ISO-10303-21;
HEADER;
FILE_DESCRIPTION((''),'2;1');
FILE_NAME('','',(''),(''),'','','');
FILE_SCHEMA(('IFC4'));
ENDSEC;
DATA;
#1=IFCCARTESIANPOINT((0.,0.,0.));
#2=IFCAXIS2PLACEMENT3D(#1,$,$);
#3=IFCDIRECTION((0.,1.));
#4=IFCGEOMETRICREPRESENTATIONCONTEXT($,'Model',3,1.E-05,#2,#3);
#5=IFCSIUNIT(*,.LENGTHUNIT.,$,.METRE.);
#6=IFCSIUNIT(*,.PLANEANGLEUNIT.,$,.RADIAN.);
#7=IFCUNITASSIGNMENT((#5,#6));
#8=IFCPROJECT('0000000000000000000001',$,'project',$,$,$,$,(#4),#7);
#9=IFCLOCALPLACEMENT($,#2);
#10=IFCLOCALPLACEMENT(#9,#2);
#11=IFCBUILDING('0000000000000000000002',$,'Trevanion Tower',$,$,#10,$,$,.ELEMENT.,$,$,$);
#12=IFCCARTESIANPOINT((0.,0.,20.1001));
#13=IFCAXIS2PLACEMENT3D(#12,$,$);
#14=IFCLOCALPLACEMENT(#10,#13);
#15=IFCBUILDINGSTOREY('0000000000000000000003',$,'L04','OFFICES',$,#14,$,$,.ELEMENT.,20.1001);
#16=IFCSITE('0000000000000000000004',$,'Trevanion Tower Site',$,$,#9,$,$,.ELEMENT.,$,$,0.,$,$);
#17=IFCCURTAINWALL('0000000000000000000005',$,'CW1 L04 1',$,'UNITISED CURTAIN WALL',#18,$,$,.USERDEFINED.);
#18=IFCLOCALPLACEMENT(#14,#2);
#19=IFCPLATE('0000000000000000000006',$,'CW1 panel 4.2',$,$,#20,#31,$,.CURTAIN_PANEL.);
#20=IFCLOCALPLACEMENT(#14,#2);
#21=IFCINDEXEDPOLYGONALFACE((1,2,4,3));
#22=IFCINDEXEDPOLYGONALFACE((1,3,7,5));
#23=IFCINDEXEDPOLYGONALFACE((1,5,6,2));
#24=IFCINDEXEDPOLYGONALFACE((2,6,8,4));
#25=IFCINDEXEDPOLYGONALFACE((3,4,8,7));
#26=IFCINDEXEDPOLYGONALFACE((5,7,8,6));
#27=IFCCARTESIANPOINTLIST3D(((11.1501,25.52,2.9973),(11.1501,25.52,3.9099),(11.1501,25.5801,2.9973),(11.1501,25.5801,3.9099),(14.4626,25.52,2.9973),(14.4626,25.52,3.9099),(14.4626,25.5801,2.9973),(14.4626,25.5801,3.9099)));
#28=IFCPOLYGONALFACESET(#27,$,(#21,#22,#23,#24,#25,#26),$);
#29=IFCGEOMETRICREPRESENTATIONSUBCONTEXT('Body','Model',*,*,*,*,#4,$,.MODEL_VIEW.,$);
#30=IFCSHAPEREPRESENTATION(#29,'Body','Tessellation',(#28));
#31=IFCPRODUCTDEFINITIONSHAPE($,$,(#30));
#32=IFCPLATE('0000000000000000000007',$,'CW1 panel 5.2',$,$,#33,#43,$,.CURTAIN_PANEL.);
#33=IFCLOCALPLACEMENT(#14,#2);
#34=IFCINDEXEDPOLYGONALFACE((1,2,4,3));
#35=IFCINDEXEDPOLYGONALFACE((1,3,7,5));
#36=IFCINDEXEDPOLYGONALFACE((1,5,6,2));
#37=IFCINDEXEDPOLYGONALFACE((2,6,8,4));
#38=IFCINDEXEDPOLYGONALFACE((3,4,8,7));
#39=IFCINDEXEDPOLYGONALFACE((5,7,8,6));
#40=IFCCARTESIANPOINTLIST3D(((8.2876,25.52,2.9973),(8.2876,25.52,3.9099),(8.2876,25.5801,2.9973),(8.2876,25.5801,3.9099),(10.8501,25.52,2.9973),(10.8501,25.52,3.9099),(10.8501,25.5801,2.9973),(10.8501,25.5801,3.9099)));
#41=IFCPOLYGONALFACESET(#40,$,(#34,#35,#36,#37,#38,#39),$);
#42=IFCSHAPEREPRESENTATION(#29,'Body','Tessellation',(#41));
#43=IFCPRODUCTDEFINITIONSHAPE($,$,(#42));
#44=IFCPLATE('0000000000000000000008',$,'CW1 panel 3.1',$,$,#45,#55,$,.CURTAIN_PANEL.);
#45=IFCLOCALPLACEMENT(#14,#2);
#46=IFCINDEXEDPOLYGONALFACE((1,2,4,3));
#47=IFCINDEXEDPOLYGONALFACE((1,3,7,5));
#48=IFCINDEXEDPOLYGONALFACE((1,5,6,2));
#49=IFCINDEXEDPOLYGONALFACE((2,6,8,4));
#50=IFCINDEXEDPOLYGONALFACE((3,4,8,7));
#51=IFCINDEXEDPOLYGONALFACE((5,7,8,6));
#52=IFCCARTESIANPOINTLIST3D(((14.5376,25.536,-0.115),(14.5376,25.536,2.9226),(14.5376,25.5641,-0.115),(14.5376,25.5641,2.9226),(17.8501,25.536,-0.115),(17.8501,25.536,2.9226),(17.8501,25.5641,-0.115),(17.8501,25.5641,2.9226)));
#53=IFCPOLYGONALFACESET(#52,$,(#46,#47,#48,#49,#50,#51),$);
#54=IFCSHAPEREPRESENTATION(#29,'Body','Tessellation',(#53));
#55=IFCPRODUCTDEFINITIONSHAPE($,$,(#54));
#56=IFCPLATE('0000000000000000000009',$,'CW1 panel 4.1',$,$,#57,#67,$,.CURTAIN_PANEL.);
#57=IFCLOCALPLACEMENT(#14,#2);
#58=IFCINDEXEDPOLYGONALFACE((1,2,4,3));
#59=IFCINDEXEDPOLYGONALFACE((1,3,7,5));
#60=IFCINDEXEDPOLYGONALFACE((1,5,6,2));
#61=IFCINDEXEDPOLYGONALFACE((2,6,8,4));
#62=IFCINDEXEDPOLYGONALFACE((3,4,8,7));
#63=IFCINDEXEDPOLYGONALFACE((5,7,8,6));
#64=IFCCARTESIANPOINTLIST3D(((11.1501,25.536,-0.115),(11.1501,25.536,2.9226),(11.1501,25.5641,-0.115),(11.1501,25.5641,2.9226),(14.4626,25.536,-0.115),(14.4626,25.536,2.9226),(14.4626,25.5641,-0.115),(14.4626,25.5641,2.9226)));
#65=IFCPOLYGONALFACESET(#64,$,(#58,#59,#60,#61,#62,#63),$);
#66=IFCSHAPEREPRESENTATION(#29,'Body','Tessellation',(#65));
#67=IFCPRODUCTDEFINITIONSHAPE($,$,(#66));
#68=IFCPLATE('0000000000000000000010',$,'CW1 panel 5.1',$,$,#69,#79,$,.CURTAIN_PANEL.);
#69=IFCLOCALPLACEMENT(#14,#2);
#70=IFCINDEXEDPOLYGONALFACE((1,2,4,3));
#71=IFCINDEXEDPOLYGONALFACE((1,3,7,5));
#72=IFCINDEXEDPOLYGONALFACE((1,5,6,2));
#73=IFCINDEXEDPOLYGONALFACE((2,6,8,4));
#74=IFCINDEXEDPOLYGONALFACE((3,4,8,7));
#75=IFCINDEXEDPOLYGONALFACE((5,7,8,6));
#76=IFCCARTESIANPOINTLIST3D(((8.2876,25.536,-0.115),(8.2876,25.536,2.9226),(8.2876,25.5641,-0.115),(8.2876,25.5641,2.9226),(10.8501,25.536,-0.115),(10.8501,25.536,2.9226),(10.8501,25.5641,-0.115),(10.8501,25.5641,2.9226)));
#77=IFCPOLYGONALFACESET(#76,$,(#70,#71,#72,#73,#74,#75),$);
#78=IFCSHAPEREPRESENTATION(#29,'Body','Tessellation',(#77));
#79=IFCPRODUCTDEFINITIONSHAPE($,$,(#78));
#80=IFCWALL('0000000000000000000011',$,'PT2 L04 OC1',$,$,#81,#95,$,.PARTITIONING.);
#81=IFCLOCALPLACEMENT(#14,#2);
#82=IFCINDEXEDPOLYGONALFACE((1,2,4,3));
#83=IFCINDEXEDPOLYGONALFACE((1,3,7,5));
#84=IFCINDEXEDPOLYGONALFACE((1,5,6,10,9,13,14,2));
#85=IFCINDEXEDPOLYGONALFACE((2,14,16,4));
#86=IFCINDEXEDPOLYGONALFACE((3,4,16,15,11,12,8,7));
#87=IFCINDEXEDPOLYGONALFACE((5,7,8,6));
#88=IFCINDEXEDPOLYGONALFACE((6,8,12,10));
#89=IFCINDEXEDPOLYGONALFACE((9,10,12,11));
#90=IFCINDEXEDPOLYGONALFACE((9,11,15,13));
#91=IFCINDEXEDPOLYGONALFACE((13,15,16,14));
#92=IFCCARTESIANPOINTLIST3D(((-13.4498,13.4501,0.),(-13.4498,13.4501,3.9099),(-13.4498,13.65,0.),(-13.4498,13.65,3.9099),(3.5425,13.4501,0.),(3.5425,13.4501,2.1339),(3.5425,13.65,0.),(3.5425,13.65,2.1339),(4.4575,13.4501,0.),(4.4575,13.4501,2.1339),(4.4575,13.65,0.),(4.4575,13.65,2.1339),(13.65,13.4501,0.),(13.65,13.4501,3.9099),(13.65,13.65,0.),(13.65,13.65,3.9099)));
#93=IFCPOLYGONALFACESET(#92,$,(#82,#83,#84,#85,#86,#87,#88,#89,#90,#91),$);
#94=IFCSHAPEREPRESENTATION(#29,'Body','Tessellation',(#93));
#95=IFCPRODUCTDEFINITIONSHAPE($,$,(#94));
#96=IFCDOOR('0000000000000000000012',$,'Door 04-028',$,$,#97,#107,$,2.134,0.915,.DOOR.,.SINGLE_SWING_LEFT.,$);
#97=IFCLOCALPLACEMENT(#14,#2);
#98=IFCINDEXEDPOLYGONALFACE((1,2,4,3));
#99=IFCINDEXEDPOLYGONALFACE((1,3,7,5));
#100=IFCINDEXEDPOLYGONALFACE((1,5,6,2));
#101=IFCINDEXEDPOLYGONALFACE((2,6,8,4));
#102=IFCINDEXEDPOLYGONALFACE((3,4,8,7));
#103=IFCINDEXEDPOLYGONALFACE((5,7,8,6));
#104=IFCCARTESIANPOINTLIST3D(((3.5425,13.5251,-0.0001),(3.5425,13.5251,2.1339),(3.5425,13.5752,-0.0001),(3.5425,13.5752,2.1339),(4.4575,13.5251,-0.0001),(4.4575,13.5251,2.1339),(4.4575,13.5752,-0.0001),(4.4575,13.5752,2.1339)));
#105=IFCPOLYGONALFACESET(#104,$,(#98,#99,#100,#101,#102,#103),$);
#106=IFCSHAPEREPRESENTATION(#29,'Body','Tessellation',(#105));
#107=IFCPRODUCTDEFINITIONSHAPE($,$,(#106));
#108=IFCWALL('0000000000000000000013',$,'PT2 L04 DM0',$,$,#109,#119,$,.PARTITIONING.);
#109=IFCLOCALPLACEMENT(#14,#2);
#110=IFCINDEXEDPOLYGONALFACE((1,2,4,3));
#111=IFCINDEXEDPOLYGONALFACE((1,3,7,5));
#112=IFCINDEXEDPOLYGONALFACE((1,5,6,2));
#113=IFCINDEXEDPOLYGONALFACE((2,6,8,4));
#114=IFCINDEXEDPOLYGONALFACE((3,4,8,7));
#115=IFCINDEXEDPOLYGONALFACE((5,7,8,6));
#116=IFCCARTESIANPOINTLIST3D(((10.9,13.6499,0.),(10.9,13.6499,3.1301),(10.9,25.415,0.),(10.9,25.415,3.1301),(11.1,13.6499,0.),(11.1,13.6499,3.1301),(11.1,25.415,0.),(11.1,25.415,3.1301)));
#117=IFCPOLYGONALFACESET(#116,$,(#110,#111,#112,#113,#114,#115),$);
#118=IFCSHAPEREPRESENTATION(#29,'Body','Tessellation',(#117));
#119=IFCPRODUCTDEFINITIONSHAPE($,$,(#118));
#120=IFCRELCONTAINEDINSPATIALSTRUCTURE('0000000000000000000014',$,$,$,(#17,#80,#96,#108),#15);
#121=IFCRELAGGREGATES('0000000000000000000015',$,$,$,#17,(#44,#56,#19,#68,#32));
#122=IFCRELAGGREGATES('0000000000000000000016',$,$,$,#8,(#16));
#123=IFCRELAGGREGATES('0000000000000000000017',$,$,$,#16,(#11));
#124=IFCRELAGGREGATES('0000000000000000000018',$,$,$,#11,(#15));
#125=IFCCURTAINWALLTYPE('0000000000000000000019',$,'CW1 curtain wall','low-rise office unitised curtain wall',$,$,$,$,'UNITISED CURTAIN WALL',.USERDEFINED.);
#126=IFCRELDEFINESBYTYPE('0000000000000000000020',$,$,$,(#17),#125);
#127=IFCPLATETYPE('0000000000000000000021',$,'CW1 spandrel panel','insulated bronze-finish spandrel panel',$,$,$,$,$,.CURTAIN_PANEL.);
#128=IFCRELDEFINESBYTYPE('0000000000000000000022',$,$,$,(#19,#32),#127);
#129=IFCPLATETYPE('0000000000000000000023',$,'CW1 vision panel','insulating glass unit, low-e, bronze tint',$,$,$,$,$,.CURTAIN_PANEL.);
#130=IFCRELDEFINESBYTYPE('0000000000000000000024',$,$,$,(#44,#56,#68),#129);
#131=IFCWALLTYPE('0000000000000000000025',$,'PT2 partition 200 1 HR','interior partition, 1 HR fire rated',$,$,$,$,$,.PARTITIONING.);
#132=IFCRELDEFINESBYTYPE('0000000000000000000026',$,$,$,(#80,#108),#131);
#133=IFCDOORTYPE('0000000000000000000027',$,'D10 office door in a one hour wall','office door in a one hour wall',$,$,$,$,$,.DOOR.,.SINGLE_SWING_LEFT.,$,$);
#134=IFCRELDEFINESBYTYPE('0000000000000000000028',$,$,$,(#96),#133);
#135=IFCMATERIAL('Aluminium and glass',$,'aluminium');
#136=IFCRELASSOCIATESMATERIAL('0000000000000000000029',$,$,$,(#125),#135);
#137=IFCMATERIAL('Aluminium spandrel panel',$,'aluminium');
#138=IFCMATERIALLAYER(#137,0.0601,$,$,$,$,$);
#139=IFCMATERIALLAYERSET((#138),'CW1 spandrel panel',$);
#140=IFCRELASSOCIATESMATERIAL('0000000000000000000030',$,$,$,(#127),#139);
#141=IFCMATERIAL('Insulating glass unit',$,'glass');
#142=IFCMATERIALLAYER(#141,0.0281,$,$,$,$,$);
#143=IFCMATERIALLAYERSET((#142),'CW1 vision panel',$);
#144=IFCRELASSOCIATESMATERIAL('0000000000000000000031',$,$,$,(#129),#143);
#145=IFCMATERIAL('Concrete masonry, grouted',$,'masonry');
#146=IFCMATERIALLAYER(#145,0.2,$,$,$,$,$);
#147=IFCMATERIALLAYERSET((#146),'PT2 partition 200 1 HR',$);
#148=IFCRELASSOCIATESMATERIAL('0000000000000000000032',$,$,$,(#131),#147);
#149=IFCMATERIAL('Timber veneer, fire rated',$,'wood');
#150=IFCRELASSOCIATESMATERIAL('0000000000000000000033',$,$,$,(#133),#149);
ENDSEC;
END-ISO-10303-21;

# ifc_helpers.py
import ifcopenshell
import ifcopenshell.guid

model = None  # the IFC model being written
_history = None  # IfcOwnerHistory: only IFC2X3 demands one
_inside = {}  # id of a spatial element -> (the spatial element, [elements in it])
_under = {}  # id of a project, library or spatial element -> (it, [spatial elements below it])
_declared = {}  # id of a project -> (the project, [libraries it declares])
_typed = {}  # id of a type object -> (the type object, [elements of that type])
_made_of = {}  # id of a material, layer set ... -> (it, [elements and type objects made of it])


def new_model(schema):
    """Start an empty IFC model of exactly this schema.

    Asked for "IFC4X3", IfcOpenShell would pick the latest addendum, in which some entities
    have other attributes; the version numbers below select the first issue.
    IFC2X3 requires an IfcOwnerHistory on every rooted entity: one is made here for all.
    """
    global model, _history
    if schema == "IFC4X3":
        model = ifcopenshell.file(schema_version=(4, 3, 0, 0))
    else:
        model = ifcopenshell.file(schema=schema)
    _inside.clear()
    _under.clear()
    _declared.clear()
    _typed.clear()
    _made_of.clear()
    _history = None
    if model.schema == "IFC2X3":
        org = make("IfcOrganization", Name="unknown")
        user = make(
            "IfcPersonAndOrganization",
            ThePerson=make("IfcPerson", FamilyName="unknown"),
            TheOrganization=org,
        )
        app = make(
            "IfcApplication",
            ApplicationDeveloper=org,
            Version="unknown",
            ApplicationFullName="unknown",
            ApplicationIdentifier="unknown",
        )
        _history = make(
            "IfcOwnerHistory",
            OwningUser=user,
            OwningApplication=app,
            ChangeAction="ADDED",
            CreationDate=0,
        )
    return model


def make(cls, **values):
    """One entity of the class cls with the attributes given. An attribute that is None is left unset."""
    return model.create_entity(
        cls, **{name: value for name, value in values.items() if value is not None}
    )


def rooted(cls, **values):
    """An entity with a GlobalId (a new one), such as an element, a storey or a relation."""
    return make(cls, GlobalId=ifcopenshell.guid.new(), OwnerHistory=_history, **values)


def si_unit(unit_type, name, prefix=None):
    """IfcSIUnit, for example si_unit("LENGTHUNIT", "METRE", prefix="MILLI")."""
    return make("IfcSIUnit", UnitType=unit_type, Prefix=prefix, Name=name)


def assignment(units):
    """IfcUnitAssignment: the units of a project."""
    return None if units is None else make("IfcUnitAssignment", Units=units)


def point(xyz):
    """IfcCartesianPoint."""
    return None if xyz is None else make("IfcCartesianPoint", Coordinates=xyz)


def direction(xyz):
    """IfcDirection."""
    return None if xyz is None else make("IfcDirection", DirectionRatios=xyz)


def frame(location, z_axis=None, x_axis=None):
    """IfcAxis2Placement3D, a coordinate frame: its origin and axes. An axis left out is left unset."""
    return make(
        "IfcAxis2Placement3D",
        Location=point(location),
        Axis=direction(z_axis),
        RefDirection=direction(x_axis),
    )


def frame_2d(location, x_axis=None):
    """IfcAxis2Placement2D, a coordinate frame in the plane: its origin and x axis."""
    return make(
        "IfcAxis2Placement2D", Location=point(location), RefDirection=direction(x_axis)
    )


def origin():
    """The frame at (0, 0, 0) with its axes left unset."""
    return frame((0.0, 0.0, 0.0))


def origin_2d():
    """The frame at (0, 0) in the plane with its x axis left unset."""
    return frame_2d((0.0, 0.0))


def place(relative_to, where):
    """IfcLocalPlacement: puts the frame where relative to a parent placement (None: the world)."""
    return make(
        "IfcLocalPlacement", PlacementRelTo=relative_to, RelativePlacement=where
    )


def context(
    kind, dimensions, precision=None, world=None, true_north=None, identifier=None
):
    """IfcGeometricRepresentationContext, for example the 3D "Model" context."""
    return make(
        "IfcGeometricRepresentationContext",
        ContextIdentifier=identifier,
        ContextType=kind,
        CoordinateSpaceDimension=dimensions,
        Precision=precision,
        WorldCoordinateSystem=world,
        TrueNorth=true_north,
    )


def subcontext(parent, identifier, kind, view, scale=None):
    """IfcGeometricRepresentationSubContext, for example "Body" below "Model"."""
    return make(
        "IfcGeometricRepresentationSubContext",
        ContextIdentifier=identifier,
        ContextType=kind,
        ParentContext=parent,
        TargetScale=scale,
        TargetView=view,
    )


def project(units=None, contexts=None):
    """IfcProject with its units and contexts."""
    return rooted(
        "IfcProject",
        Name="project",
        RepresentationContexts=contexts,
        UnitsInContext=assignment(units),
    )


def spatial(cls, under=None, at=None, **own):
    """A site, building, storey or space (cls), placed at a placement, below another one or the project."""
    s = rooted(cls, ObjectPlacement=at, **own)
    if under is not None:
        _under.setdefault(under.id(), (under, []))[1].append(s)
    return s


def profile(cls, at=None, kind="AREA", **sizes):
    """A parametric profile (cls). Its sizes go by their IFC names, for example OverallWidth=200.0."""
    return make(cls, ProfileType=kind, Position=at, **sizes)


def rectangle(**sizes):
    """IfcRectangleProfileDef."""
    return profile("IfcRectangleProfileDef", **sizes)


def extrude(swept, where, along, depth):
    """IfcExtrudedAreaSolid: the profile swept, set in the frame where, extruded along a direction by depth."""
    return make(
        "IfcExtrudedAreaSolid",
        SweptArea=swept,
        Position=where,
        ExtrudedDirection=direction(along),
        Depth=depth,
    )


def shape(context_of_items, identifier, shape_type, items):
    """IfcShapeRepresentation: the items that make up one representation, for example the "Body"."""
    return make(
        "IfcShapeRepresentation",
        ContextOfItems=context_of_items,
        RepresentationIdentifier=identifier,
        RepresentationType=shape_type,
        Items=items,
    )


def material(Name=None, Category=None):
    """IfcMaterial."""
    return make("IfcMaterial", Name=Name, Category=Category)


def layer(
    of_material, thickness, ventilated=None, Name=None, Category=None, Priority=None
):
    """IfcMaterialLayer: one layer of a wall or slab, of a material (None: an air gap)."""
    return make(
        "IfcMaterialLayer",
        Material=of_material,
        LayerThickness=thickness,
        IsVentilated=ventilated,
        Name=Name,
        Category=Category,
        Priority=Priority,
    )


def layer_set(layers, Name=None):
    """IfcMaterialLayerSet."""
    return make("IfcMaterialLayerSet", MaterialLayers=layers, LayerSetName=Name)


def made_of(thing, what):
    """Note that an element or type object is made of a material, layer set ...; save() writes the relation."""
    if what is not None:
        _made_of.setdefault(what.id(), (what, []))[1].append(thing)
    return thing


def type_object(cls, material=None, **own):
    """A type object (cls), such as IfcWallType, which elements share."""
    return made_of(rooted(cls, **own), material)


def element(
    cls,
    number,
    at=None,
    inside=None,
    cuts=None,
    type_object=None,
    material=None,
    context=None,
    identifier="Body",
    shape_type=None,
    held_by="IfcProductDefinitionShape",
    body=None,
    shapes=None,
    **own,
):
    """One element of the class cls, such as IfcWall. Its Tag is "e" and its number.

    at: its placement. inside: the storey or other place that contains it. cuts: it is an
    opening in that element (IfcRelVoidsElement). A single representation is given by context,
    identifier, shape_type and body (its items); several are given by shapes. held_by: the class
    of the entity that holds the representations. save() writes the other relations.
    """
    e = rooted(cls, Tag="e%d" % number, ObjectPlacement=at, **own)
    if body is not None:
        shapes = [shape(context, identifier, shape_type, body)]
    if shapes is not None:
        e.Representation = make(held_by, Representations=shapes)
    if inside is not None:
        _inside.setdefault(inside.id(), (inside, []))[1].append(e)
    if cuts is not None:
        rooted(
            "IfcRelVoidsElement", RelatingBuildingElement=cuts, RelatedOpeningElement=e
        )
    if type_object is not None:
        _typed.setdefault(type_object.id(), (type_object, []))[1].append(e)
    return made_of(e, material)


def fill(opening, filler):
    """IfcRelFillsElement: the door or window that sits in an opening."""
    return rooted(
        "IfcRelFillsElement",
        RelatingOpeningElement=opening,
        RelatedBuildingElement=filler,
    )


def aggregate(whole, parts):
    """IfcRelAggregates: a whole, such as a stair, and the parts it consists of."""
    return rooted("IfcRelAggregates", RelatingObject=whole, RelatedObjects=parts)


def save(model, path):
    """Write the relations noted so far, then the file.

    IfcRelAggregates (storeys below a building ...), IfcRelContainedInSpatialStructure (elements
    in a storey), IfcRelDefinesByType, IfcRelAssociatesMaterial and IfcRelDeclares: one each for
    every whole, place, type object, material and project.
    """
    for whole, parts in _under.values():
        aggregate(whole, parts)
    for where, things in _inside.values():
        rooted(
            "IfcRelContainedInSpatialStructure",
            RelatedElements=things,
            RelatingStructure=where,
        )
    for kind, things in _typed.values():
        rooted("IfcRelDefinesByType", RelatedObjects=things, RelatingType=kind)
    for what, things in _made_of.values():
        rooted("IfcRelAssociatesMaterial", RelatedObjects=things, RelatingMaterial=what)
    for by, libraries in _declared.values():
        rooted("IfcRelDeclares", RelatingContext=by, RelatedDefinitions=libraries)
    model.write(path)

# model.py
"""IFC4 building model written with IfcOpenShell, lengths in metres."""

from ifc_helpers import new_model, si_unit, direction, frame, frame_2d, origin, origin_2d, place, context, subcontext, project, spatial, rectangle, extrude, material, layer, layer_set, type_object, element, fill, aggregate, save


model = new_model("IFC4")

# Units and contexts
model_context = context("Model", 3, precision=1e-05, world=origin(), true_north=direction((0.0, 1.0)))
body_context = subcontext(model_context, "Body", "Model", "MODEL_VIEW")
ifc_project = project(units=[si_unit("LENGTHUNIT", "METRE"), si_unit("PLANEANGLEUNIT", "RADIAN")], contexts=[model_context])

# Site, building, storey
site_placement = place(None, origin())
site = spatial("IfcSite", under=ifc_project, at=site_placement, Name="Trevanion Tower Site", CompositionType="ELEMENT", RefElevation=0.0)
building_placement = place(site_placement, origin())
building = spatial("IfcBuilding", under=site, at=building_placement, Name="Trevanion Tower", CompositionType="ELEMENT")
storey_placement = place(building_placement, frame((0.0, 0.0, 20.1001)))
storey = spatial("IfcBuildingStorey", under=building, at=storey_placement, Name="L04", Description="OFFICES", CompositionType="ELEMENT", Elevation=20.1001)

# Curtain wall
ifc_material_1 = material(Name="Aluminium and glass", Category="aluminium")
curtain_wall_type = type_object("IfcCurtainWallType", Name="CW1 curtain wall", Description="low-rise office unitised curtain wall", ElementType="UNITISED CURTAIN WALL", PredefinedType="USERDEFINED", material=ifc_material_1)
curtain_wall_placement = place(storey_placement, origin())
curtain_wall = element("IfcCurtainWall", 1, at=curtain_wall_placement, inside=storey, type_object=curtain_wall_type, Name="CW1 L04 1", ObjectType="UNITISED CURTAIN WALL", PredefinedType="USERDEFINED")

# Plates
ifc_material_2 = material(Name="Aluminium spandrel panel", Category="aluminium")
ifc_layer_1 = layer(ifc_material_2, 0.0601)
ifc_layer_set_1 = layer_set([ifc_layer_1], Name="CW1 spandrel panel")
plate_type_1 = type_object("IfcPlateType", Name="CW1 spandrel panel", Description="insulated bronze-finish spandrel panel", PredefinedType="CURTAIN_PANEL", material=ifc_layer_set_1)
plate_1_placement = place(storey_placement, frame((12.8064, 25.55, 2.9973), z_axis=(0.0, 0.0, 1.0), x_axis=(-1.0, 0.0, 0.0)))
plate_1 = element("IfcPlate", 2, at=plate_1_placement, type_object=plate_type_1, Name="CW1 panel 4.2", PredefinedType="CURTAIN_PANEL", context=body_context, shape_type="SweptSolid", body=[
    extrude(rectangle(XDim=3.3125, YDim=0.0601, at=origin_2d()), origin(), (0.0, 0.0, 1.0), 0.9126),
])
plate_2_placement = place(storey_placement, frame((9.5688, 25.55, 2.9973), z_axis=(0.0, 0.0, 1.0), x_axis=(-1.0, 0.0, 0.0)))
plate_2 = element("IfcPlate", 3, at=plate_2_placement, type_object=plate_type_1, Name="CW1 panel 5.2", PredefinedType="CURTAIN_PANEL", context=body_context, shape_type="SweptSolid", body=[
    extrude(rectangle(XDim=2.5625, YDim=0.0601, at=origin_2d()), origin(), (0.0, 0.0, 1.0), 0.9126),
])
ifc_material_3 = material(Name="Insulating glass unit", Category="glass")
ifc_layer_2 = layer(ifc_material_3, 0.0281)
ifc_layer_set_2 = layer_set([ifc_layer_2], Name="CW1 vision panel")
plate_type_2 = type_object("IfcPlateType", Name="CW1 vision panel", Description="insulating glass unit, low-e, bronze tint", PredefinedType="CURTAIN_PANEL", material=ifc_layer_set_2)
plate_3_placement = place(storey_placement, frame((16.1938, 25.55, -0.115), z_axis=(0.0, 0.0, 1.0), x_axis=(-1.0, 0.0, 0.0)))
plate_3 = element("IfcPlate", 4, at=plate_3_placement, type_object=plate_type_2, Name="CW1 panel 3.1", PredefinedType="CURTAIN_PANEL", context=body_context, shape_type="SweptSolid", body=[
    extrude(rectangle(XDim=3.3125, YDim=0.0281, at=origin_2d()), origin(), (0.0, 0.0, 1.0), 3.0376),
])
plate_4_placement = place(storey_placement, frame((12.8064, 25.55, -0.115), z_axis=(0.0, 0.0, 1.0), x_axis=(-1.0, 0.0, 0.0)))
plate_4 = element("IfcPlate", 5, at=plate_4_placement, type_object=plate_type_2, Name="CW1 panel 4.1", PredefinedType="CURTAIN_PANEL", context=body_context, shape_type="SweptSolid", body=[
    extrude(rectangle(XDim=3.3125, YDim=0.0281, at=origin_2d()), origin(), (0.0, 0.0, 1.0), 3.0376),
])
plate_5_placement = place(storey_placement, frame((9.5688, 25.55, -0.115), z_axis=(0.0, 0.0, 1.0), x_axis=(-1.0, 0.0, 0.0)))
plate_5 = element("IfcPlate", 6, at=plate_5_placement, type_object=plate_type_2, Name="CW1 panel 5.1", PredefinedType="CURTAIN_PANEL", context=body_context, shape_type="SweptSolid", body=[
    extrude(rectangle(XDim=2.5625, YDim=0.0281, at=origin_2d()), origin(), (0.0, 0.0, 1.0), 3.0376),
])
aggregate(curtain_wall, [plate_3, plate_4, plate_1, plate_5, plate_2])

# Wall, opening, door
ifc_material_4 = material(Name="Concrete masonry, grouted", Category="masonry")
ifc_layer_3 = layer(ifc_material_4, 0.2)
ifc_layer_set_3 = layer_set([ifc_layer_3], Name="PT2 partition 200 1 HR")
wall_type = type_object("IfcWallType", Name="PT2 partition 200 1 HR", Description="interior partition, 1 HR fire rated", PredefinedType="PARTITIONING", material=ifc_layer_set_3)
wall_1_placement = place(storey_placement, frame((13.6499, 13.55, 0.0), z_axis=(0.0, 0.0, 1.0), x_axis=(-1.0, 0.0, 0.0)))
wall_1 = element("IfcWall", 7, at=wall_1_placement, inside=storey, type_object=wall_type, Name="PT2 L04 OC1", PredefinedType="PARTITIONING", context=body_context, shape_type="SweptSolid", body=[
    extrude(rectangle(XDim=27.0999, YDim=0.2, at=frame_2d((13.5498, 0.0))), origin(), (0.0, 0.0, 1.0), 3.9099),
])
opening_placement = place(wall_1_placement, frame((9.1924, 0.0, 0.0)))
opening = element("IfcOpeningElement", 8, at=opening_placement, cuts=wall_1, PredefinedType="OPENING", context=body_context, shape_type="SweptSolid", body=[
    extrude(rectangle(XDim=0.915, YDim=2.134, at=frame_2d((0.4575, 1.0669))), frame((0.0, 0.1099, 0.0), z_axis=(0.0, -1.0, 0.0), x_axis=(1.0, 0.0, 0.0)), (0.0, 0.0, 1.0), 0.22),
])
ifc_material_5 = material(Name="Timber veneer, fire rated", Category="wood")
door_type = type_object("IfcDoorType", Name="D10 office door in a one hour wall", Description="office door in a one hour wall", OperationType="SINGLE_SWING_LEFT", PredefinedType="DOOR", material=ifc_material_5)
door_placement = place(opening_placement, origin())
door = element("IfcDoor", 9, at=door_placement, inside=storey, type_object=door_type, Name="Door 04-028", OperationType="SINGLE_SWING_LEFT", OverallHeight=2.134, OverallWidth=0.915, PredefinedType="DOOR", context=body_context, shape_type="SweptSolid", body=[
    extrude(rectangle(XDim=0.915, YDim=2.134, at=frame_2d((0.4575, 1.0669))), frame((0.0, 0.0249, 0.0), z_axis=(0.0, -1.0, 0.0), x_axis=(1.0, 0.0, 0.0)), (0.0, 0.0, 1.0), 0.05),
])
fill(opening, door)

# Wall
wall_2_placement = place(storey_placement, frame((11.0, 13.6499, 0.0), z_axis=(0.0, 0.0, 1.0), x_axis=(0.0, 1.0, 0.0)))
element("IfcWall", 10, at=wall_2_placement, inside=storey, type_object=wall_type, Name="PT2 L04 DM0", PredefinedType="PARTITIONING", context=body_context, shape_type="SweptSolid", body=[
    extrude(rectangle(XDim=11.7651, YDim=0.2, at=frame_2d((5.8826, 0.0))), origin(), (0.0, 0.0, 1.0), 3.1301),
])

save(model, "model.ifc")
